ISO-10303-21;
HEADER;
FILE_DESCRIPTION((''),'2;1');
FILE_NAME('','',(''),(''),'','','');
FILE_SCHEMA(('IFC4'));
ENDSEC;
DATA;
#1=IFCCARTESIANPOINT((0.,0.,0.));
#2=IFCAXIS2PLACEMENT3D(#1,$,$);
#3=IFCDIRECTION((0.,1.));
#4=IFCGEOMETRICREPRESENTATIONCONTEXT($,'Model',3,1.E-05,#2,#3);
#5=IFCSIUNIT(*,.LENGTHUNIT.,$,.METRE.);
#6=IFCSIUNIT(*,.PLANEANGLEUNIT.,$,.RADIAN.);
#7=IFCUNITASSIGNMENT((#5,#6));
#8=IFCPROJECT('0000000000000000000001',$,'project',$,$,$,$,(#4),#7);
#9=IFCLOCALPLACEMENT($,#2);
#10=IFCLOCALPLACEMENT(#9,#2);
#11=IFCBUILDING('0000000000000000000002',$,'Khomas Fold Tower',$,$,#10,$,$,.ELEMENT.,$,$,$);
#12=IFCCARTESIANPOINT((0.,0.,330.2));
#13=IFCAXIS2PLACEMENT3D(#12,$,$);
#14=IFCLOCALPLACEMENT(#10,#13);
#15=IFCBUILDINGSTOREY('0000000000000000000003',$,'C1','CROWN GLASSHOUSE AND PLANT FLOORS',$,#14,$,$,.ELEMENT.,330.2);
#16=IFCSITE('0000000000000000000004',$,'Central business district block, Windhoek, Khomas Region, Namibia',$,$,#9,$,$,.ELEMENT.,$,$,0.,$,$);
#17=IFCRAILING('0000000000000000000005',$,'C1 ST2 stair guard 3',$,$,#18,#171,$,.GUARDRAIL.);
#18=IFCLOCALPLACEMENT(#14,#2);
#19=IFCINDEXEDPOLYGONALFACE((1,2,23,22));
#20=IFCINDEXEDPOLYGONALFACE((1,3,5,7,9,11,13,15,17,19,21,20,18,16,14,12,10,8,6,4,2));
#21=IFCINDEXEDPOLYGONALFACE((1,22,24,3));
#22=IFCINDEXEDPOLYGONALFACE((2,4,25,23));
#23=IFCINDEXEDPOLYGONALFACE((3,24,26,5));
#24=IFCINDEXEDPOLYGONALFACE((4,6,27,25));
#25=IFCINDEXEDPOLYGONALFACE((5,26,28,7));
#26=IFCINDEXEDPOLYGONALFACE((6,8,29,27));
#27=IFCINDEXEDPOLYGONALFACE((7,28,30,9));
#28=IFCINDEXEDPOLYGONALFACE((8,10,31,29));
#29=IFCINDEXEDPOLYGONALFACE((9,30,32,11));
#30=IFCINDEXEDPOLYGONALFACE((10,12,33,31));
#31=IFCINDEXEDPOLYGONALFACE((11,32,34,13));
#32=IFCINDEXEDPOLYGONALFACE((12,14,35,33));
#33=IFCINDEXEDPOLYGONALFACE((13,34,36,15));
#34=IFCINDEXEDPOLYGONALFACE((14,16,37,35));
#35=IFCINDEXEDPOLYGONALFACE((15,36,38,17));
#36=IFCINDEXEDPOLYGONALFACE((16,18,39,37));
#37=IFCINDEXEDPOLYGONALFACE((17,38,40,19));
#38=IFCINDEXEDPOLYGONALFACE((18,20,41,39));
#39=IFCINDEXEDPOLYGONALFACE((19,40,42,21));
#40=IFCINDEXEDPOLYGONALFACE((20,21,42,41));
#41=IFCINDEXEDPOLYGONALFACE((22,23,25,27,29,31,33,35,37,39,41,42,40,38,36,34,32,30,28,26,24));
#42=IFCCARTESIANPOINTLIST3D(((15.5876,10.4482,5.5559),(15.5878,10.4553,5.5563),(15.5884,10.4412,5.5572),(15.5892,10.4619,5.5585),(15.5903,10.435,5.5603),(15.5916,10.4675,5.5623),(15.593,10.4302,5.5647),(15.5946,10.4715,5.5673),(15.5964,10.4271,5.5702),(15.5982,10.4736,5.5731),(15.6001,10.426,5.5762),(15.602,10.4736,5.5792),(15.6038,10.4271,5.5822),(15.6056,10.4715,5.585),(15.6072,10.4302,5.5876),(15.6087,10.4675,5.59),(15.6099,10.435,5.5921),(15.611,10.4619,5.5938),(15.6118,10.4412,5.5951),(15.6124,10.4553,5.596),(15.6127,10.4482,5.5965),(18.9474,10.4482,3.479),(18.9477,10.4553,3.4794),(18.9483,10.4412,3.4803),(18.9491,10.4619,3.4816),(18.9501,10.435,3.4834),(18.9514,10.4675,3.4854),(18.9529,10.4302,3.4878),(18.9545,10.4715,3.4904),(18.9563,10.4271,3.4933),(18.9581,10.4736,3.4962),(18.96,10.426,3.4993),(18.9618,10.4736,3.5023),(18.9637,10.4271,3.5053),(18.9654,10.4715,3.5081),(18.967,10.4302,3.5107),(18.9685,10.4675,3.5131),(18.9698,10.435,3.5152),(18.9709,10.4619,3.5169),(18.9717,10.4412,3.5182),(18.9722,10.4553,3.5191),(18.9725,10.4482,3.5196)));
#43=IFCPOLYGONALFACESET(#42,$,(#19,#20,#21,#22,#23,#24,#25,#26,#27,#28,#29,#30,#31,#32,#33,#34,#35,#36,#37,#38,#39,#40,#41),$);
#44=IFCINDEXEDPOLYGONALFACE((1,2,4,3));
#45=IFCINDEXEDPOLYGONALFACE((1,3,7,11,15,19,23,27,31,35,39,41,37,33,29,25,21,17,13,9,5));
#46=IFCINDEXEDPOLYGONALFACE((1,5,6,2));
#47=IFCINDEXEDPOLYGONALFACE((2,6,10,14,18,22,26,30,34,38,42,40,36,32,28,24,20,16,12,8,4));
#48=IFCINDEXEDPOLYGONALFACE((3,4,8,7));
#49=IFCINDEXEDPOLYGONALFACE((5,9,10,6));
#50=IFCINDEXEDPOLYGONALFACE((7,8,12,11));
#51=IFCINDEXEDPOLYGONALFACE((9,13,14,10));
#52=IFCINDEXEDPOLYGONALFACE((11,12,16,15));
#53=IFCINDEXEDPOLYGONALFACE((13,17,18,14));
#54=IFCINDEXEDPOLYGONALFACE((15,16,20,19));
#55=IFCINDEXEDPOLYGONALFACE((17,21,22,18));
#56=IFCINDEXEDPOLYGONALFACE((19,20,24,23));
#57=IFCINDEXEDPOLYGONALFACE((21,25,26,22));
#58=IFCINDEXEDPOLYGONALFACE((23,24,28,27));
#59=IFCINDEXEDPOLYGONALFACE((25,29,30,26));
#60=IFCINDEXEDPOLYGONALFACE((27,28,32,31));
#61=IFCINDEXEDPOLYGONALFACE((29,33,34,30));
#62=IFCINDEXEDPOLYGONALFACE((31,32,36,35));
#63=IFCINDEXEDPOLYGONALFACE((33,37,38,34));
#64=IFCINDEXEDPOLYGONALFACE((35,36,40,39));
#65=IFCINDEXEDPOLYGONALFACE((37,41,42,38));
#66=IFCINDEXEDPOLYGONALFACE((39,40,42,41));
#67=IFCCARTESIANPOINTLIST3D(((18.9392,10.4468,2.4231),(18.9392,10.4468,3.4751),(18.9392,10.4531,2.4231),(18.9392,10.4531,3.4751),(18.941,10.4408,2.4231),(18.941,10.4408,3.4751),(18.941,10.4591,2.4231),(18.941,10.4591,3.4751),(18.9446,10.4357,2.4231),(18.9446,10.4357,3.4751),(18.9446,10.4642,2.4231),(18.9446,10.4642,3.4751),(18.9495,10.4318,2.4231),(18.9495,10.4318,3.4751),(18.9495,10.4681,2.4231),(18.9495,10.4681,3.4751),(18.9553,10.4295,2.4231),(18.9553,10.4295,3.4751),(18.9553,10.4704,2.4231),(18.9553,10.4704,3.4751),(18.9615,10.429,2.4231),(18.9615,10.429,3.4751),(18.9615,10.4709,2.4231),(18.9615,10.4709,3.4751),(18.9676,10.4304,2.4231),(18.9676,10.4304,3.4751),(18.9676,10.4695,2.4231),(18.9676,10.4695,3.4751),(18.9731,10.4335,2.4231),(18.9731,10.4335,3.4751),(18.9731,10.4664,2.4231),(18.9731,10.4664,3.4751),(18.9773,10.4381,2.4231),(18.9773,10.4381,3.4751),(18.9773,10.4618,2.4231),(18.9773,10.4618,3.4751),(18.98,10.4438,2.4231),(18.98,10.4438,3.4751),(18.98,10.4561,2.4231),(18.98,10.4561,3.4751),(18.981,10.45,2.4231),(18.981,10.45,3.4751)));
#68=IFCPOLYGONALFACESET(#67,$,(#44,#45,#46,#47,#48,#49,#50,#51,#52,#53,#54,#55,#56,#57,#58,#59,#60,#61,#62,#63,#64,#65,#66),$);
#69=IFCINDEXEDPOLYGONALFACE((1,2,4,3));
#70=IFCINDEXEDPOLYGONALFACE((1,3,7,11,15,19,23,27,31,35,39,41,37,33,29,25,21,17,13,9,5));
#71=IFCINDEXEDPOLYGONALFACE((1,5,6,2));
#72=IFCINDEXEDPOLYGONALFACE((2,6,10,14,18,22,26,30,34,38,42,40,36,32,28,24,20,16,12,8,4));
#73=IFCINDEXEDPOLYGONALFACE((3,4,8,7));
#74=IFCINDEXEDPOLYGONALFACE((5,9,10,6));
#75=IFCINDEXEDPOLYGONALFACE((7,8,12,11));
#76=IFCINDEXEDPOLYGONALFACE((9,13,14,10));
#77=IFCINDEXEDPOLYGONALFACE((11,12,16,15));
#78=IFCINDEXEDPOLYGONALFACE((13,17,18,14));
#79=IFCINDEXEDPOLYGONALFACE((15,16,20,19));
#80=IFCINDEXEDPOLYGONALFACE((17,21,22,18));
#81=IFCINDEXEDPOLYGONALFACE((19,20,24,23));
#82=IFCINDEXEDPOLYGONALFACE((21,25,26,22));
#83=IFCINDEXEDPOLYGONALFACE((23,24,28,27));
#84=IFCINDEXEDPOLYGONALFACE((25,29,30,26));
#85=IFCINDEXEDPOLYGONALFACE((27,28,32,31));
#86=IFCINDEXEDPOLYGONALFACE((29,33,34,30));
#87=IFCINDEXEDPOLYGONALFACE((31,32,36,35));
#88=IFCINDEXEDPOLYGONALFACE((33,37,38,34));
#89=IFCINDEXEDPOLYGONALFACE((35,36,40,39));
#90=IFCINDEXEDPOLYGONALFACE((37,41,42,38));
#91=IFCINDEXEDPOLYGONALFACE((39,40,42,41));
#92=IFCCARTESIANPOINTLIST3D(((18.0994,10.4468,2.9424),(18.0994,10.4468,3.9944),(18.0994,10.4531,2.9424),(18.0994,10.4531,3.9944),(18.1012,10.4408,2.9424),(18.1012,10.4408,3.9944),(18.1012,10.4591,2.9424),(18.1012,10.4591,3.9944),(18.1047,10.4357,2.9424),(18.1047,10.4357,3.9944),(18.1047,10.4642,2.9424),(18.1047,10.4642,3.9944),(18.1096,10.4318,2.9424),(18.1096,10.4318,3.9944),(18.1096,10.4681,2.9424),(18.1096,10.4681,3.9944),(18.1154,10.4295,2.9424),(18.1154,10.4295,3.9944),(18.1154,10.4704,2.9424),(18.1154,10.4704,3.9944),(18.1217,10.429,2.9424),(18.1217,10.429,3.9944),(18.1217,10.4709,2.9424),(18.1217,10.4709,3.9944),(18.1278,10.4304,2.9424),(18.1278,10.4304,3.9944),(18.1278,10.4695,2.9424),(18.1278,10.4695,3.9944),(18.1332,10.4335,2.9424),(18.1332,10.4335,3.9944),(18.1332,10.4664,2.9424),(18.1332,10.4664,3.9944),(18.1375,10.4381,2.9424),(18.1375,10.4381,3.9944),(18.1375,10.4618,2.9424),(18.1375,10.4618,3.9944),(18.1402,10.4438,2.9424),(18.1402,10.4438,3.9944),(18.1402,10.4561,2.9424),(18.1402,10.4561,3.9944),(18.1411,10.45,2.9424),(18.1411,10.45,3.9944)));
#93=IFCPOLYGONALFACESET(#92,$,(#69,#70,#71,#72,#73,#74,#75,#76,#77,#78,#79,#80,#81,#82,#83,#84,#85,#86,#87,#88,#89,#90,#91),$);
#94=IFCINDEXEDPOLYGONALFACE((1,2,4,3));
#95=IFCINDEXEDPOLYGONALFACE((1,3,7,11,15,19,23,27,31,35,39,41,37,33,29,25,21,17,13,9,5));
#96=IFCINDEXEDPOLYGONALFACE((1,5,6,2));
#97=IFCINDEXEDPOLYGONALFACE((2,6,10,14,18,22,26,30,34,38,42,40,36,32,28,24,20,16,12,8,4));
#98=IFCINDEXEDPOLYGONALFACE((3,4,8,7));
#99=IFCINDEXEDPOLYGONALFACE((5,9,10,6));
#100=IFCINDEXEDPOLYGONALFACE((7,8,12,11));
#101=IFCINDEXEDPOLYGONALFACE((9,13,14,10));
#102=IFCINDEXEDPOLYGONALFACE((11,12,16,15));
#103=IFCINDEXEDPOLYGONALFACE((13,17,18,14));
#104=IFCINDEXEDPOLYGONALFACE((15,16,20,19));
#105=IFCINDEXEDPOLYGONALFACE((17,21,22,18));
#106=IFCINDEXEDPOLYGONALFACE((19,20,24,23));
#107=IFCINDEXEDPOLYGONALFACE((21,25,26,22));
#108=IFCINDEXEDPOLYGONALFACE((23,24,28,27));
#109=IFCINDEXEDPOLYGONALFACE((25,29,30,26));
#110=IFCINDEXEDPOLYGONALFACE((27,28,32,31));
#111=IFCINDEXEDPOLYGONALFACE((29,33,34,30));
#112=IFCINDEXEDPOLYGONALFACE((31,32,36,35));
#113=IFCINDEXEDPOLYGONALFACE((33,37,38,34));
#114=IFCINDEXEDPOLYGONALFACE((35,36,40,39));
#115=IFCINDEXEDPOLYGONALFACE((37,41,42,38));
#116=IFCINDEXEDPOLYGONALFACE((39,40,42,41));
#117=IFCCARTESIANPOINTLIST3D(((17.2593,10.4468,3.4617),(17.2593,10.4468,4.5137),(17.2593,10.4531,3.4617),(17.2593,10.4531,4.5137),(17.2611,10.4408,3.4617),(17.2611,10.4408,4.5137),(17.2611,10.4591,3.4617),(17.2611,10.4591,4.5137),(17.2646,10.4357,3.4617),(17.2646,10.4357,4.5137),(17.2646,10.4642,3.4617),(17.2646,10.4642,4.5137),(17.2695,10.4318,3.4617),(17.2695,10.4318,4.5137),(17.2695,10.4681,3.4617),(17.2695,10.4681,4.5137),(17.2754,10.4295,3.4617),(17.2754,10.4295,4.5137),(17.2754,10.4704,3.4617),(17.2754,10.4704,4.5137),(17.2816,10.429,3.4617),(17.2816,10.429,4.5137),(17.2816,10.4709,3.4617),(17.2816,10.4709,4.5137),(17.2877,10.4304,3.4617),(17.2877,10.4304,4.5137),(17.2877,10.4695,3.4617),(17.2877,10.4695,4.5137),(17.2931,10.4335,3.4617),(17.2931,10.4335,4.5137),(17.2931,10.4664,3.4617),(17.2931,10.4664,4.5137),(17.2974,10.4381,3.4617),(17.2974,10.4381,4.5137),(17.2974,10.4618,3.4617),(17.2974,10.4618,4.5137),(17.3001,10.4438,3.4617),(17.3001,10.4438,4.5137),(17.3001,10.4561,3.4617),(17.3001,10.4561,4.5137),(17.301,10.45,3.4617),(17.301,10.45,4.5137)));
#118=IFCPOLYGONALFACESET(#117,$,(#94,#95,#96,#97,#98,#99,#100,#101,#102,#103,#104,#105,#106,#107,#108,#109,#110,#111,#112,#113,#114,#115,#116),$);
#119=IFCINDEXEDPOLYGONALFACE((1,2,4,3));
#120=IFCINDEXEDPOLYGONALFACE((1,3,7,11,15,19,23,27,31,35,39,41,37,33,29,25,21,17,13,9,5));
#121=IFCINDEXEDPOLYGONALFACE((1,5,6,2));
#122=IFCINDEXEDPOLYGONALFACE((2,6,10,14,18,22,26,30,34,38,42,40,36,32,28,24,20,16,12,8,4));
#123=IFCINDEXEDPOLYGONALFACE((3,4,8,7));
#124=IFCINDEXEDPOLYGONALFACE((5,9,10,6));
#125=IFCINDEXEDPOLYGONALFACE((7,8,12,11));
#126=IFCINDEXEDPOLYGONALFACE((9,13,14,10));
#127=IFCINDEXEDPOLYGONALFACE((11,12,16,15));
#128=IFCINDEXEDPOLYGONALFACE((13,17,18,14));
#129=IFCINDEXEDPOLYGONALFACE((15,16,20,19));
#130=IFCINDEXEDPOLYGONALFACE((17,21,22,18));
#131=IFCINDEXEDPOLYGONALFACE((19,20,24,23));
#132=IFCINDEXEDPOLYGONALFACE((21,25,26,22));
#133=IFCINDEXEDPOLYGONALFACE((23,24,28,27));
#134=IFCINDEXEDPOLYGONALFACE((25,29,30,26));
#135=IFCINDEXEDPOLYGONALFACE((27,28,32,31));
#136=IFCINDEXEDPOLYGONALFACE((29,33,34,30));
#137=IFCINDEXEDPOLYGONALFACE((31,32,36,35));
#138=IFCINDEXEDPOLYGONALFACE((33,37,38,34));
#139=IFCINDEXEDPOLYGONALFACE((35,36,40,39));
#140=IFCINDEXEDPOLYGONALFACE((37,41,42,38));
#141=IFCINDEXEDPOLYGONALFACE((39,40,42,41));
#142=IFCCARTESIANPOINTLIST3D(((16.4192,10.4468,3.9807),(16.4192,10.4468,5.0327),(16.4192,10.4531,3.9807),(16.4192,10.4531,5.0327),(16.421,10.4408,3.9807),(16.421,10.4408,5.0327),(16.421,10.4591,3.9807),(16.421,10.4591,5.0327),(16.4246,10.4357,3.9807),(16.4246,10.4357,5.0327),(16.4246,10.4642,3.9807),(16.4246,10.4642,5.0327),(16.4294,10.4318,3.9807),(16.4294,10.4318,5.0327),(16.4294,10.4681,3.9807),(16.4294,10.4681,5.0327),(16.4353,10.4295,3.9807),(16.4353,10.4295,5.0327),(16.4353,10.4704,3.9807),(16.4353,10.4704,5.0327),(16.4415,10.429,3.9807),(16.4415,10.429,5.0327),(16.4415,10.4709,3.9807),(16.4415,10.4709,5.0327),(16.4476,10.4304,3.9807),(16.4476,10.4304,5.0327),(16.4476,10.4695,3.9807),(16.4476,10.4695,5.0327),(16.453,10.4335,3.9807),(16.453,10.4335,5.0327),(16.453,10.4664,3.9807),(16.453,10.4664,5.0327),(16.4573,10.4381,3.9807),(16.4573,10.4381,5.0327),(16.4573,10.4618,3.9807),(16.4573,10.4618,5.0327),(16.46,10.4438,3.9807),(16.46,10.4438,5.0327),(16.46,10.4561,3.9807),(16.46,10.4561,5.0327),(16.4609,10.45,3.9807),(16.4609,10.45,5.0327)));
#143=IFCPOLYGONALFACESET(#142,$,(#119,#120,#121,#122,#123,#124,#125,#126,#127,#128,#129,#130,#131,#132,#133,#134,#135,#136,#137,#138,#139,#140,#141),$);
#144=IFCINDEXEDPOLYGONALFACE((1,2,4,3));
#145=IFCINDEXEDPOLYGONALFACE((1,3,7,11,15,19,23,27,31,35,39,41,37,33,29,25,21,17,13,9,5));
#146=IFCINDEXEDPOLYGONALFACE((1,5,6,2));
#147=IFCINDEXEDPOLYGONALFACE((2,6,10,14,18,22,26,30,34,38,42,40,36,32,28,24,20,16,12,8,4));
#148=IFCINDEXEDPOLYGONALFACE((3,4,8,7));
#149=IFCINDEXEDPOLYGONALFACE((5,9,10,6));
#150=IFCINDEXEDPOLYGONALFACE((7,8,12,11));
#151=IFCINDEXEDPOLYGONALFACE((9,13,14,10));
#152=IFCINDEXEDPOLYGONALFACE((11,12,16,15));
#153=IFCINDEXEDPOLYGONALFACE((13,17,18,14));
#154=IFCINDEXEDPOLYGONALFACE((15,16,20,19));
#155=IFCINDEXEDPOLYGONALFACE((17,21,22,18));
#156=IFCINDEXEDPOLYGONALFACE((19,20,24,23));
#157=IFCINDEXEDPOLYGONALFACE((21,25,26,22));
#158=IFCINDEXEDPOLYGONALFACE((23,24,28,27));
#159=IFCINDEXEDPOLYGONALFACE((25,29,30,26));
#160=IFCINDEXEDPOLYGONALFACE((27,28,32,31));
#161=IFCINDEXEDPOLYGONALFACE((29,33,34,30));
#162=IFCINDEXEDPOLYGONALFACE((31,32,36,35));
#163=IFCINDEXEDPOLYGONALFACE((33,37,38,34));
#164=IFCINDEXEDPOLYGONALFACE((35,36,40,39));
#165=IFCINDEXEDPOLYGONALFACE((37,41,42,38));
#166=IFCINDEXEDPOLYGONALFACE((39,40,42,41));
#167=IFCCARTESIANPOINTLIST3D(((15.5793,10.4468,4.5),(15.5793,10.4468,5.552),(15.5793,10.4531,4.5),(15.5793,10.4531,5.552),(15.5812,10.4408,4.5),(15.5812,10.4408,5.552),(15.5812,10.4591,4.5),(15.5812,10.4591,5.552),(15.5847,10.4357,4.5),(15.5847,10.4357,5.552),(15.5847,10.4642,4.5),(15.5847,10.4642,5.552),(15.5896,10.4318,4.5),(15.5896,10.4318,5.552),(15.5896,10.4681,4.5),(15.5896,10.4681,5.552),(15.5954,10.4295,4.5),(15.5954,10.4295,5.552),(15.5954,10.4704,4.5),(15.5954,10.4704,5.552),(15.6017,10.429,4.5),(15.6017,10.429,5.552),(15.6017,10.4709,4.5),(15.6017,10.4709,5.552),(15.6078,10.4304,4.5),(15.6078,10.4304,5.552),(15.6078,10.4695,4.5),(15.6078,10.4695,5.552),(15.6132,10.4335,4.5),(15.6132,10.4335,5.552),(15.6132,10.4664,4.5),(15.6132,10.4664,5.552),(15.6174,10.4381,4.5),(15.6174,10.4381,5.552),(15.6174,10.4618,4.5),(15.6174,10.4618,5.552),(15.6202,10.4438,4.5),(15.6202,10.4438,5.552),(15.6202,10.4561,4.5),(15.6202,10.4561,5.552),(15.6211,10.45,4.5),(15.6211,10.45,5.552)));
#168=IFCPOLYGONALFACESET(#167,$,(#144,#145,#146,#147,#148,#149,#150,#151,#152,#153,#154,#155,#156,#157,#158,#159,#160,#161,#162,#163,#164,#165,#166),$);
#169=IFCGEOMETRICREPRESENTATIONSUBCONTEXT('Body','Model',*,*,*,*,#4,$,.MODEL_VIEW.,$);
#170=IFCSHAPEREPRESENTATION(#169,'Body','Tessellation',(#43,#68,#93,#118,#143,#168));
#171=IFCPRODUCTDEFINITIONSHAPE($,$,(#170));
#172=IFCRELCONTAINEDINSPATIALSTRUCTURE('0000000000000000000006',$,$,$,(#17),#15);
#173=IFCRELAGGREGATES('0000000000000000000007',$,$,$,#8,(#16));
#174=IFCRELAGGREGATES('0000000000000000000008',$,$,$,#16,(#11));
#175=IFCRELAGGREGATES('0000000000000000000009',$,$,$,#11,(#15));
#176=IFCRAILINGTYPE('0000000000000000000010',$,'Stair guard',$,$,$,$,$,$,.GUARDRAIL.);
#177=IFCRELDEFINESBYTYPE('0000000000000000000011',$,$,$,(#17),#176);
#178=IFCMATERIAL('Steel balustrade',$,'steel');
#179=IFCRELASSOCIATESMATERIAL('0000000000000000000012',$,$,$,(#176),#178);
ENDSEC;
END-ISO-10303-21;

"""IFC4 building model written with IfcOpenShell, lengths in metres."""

from ifc_helpers import new_model, si_unit, direction, frame, origin, origin_2d, place, context, subcontext, project, spatial, circle, extrude, source, transform, mapped, material, type_object, element, save


model = new_model("IFC4")

# Units and contexts
model_context = context("Model", 3, precision=1e-05, world=origin(), true_north=direction((0.0, 1.0)))
body_context = subcontext(model_context, "Body", "Model", "MODEL_VIEW")
ifc_project = project(units=[si_unit("LENGTHUNIT", "METRE"), si_unit("PLANEANGLEUNIT", "RADIAN")], contexts=[model_context])

# Site, building, storey
site_placement = place(None, origin())
site = spatial("IfcSite", under=ifc_project, at=site_placement, Name="Central business district block, Windhoek, Khomas Region, Namibia", CompositionType="ELEMENT", RefElevation=0.0)
building_placement = place(site_placement, origin())
building = spatial("IfcBuilding", under=site, at=building_placement, Name="Khomas Fold Tower", CompositionType="ELEMENT")
storey_placement = place(building_placement, frame((0.0, 0.0, 330.2)))
storey = spatial("IfcBuildingStorey", under=building, at=storey_placement, Name="C1", Description="CROWN GLASSHOUSE AND PLANT FLOORS", CompositionType="ELEMENT", Elevation=330.2)

# Railing
ifc_material_1 = material(Name="Steel balustrade", Category="steel")
railing_type_1 = type_object("IfcRailingType", Name="Stair guard", PredefinedType="GUARDRAIL", material=ifc_material_1)
shared_shape_1 = source(origin(), body_context, "Body", "SweptSolid", [
    extrude(circle(Radius=0.0239, at=origin_2d()), frame((0.0, 0.0, 1.0762), z_axis=(-0.850606, 0.0, 0.525803), x_axis=(0.0, -1.0, 0.0)), (0.0, 0.0, 1.0), 3.95),
    extrude(circle(Radius=0.021, at=origin_2d()), origin(), (0.0, 0.0, 1.0), 1.052),
    extrude(circle(Radius=0.021, at=origin_2d()), frame((-0.8398, 0.0, 0.5193)), (0.0, 0.0, 1.0), 1.052),
    extrude(circle(Radius=0.021, at=origin_2d()), frame((-1.6799, 0.0, 1.0386)), (0.0, 0.0, 1.0), 1.052),
    extrude(circle(Radius=0.021, at=origin_2d()), frame((-2.52, 0.0, 1.5576)), (0.0, 0.0, 1.0), 1.052),
    extrude(circle(Radius=0.021, at=origin_2d()), frame((-3.3599, 0.0, 2.0769)), (0.0, 0.0, 1.0), 1.052),
])
railing_1_placement = place(storey_placement, frame((18.96, 10.45, 2.4231)))
element("IfcRailing", 1, at=railing_1_placement, inside=storey, type_object=railing_type_1, Name="C1 ST2 stair guard 3", PredefinedType="GUARDRAIL", context=body_context, shape_type="MappedRepresentation", body=[
    mapped(shared_shape_1, transform((0.0, 0.0, 0.0))),
])

save(model, "model.ifc")
